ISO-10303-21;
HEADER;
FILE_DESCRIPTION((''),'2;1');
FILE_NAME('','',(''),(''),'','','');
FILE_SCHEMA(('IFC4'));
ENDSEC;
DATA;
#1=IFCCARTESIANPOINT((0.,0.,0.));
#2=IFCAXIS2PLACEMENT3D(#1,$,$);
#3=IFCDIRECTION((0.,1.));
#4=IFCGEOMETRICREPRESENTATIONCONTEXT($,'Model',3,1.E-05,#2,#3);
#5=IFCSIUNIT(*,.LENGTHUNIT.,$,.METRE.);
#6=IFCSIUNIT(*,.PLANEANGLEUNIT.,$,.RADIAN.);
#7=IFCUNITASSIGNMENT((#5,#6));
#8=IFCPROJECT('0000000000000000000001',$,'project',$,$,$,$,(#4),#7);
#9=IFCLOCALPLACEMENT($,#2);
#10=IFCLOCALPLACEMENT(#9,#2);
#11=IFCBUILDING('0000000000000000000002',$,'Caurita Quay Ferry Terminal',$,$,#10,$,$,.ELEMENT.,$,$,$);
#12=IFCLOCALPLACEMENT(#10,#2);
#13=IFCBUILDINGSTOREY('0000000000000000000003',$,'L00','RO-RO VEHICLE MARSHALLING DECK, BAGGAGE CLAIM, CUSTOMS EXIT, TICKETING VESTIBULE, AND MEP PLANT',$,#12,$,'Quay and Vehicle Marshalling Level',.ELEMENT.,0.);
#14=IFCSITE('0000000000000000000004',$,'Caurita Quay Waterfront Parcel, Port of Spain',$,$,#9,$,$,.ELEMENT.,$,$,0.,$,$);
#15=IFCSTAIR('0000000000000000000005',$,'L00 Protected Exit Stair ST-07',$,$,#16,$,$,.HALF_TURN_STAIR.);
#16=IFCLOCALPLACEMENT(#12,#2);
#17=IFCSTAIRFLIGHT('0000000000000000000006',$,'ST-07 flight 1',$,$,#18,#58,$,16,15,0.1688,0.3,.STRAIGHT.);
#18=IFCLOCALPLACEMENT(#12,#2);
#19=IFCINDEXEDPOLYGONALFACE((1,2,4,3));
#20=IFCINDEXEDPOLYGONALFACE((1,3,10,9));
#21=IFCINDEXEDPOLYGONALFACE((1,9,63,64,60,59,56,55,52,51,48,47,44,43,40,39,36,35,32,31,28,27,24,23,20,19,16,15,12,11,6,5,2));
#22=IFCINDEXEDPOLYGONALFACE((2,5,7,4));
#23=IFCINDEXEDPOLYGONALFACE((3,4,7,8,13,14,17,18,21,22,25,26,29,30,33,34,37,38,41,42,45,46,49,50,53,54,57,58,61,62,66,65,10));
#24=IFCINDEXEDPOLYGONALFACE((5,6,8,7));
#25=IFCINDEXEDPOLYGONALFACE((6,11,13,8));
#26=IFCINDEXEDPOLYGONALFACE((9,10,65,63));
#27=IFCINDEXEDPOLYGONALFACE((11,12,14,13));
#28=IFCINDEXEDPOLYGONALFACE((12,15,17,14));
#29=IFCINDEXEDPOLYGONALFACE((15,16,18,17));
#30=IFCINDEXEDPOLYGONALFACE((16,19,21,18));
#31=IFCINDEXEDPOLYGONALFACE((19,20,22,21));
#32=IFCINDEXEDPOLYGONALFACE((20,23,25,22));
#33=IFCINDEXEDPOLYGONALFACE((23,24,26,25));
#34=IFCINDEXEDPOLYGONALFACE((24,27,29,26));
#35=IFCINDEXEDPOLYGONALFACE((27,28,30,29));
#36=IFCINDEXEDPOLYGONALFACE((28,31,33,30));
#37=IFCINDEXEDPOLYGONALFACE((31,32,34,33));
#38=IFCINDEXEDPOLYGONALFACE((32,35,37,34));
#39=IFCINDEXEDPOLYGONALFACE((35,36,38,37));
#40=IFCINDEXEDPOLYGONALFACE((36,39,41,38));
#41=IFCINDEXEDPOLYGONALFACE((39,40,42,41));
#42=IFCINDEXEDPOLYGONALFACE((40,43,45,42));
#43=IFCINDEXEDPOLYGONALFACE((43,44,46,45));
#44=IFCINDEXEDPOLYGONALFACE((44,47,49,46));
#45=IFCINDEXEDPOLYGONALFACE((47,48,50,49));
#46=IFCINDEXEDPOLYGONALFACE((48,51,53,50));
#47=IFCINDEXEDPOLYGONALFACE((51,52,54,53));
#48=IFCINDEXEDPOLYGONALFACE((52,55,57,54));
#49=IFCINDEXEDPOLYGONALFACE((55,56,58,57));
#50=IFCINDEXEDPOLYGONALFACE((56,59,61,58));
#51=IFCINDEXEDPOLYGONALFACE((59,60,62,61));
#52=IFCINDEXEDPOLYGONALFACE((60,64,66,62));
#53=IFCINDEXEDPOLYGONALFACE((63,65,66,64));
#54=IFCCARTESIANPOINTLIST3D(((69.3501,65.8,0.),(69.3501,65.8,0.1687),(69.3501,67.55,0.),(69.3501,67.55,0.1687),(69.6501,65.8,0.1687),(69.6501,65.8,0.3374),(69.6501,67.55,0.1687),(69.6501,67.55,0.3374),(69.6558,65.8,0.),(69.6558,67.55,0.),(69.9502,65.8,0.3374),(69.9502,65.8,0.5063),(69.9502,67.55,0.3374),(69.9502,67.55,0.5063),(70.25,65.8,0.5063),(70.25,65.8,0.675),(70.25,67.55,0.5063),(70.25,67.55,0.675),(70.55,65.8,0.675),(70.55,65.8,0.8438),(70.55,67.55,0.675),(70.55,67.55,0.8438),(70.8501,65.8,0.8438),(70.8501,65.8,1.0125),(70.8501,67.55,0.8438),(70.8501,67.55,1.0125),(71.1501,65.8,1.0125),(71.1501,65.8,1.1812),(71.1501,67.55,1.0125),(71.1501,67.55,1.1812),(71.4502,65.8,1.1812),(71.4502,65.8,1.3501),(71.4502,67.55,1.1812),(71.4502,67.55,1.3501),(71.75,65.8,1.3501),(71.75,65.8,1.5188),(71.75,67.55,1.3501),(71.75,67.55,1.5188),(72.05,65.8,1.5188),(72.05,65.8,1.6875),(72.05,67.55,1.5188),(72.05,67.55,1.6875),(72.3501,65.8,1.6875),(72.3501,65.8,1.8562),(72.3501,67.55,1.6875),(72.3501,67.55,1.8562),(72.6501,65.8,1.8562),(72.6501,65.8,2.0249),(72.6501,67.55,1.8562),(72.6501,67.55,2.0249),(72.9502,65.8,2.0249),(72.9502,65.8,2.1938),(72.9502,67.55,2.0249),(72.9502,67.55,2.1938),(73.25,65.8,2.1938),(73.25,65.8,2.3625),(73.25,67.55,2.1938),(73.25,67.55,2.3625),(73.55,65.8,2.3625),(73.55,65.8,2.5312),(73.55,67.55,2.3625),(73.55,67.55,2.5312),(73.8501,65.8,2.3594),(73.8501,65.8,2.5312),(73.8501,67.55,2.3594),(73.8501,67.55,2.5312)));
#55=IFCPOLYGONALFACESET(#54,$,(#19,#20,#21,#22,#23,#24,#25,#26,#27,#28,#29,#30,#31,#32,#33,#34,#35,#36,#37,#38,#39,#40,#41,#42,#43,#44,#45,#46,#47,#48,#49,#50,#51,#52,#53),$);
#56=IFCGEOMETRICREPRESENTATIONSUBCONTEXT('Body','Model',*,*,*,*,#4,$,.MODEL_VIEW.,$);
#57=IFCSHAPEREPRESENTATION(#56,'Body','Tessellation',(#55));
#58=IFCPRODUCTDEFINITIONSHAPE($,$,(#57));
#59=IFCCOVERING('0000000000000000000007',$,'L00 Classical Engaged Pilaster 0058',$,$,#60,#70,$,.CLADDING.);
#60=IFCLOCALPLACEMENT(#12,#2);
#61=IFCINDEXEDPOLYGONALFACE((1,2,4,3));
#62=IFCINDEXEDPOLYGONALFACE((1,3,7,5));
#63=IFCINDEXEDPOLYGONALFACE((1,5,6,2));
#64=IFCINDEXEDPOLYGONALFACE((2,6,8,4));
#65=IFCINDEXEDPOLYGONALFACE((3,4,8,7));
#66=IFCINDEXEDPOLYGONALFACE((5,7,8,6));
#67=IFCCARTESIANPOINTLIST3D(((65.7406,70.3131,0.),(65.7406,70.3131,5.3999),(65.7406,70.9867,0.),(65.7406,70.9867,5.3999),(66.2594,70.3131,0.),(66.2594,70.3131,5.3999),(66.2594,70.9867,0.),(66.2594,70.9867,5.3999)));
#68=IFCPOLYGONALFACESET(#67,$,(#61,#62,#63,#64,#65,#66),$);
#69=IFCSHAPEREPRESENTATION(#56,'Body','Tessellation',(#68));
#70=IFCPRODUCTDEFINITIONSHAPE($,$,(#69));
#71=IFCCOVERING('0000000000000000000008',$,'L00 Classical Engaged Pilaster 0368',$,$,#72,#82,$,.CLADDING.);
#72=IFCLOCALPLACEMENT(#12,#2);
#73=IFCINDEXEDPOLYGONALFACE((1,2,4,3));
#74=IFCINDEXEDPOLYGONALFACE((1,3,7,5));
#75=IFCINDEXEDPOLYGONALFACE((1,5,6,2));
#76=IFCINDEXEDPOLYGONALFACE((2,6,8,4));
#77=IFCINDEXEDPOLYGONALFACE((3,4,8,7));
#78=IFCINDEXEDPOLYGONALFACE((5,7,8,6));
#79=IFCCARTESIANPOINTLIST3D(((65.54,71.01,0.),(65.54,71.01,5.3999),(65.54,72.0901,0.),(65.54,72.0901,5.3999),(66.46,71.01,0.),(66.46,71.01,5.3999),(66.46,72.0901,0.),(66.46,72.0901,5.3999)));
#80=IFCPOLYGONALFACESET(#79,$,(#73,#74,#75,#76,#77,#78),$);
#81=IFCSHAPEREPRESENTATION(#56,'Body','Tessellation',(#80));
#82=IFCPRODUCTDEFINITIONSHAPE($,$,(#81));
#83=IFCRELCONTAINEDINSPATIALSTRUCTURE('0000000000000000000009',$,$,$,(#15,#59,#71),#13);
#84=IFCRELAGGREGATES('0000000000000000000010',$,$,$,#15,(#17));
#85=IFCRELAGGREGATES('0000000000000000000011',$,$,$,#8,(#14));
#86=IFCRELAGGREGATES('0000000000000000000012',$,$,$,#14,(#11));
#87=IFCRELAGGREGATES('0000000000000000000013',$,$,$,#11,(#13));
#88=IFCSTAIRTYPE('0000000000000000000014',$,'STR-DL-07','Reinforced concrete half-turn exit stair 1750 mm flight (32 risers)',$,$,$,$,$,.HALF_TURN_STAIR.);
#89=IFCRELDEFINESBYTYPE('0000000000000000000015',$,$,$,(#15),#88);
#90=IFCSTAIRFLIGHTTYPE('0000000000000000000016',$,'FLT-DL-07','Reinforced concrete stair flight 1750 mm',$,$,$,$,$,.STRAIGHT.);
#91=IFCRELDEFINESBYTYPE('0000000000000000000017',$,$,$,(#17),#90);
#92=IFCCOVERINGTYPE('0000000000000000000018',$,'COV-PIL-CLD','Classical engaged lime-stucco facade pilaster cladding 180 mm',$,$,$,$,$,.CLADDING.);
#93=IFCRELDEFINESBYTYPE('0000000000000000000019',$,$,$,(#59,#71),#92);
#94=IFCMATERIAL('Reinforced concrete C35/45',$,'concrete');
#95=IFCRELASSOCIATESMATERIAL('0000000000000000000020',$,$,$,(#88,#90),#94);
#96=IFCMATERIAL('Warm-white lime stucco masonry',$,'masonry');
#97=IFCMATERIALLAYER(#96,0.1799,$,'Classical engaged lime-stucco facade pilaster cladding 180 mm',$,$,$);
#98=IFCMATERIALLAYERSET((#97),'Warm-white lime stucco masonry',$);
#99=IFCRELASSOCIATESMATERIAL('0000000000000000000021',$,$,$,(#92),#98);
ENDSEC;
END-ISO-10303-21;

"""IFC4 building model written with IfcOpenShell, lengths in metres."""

from ifc_helpers import new_model, si_unit, direction, frame, origin, origin_2d, place, context, subcontext, project, spatial, polyline, rectangle, outline, extrude, material, layer, layer_set, type_object, element, aggregate, save


model = new_model("IFC4")

# Units and contexts
model_context = context("Model", 3, precision=1e-05, world=origin(), true_north=direction((0.0, 1.0)))
body_context = subcontext(model_context, "Body", "Model", "MODEL_VIEW")
ifc_project = project(units=[si_unit("LENGTHUNIT", "METRE"), si_unit("PLANEANGLEUNIT", "RADIAN")], contexts=[model_context])

# Site, building, storey
site_placement = place(None, origin())
site = spatial("IfcSite", under=ifc_project, at=site_placement, Name="Caurita Quay Waterfront Parcel, Port of Spain", CompositionType="ELEMENT", RefElevation=0.0)
building_placement = place(site_placement, origin())
building = spatial("IfcBuilding", under=site, at=building_placement, Name="Caurita Quay Ferry Terminal", CompositionType="ELEMENT")
storey_placement = place(building_placement, origin())
storey = spatial("IfcBuildingStorey", under=building, at=storey_placement, Name="L00", Description="RO-RO VEHICLE MARSHALLING DECK, BAGGAGE CLAIM, CUSTOMS EXIT, TICKETING VESTIBULE, AND MEP PLANT", LongName="Quay and Vehicle Marshalling Level", CompositionType="ELEMENT", Elevation=0.0)

# Shared definitions
ifc_material_1 = material(Name="Reinforced concrete C35/45", Category="concrete")

# Shared definitions
ifc_material_2 = material(Name="Warm-white lime stucco masonry", Category="masonry")

# Stair, stair flight
stair_type = type_object("IfcStairType", Name="STR-DL-07", Description="Reinforced concrete half-turn exit stair 1750 mm flight (32 risers)", PredefinedType="HALF_TURN_STAIR", material=ifc_material_1)
stair_placement = place(storey_placement, origin())
stair = element("IfcStair", 1, at=stair_placement, inside=storey, type_object=stair_type, Name="L00 Protected Exit Stair ST-07", PredefinedType="HALF_TURN_STAIR")
stair_flight_type = type_object("IfcStairFlightType", Name="FLT-DL-07", Description="Reinforced concrete stair flight 1750 mm", PredefinedType="STRAIGHT", material=ifc_material_1)
stair_flight_placement = place(storey_placement, frame((69.3501, 66.675, 0.0), z_axis=(0.0, 0.0, 1.0), x_axis=(1.0, 0.0, 0.0)))
stair_flight = element("IfcStairFlight", 2, at=stair_flight_placement, type_object=stair_flight_type, Name="ST-07 flight 1", NumberOfRisers=16, NumberOfTreads=15, PredefinedType="STRAIGHT", RiserHeight=0.1688, TreadLength=0.3, context=body_context, shape_type="SweptSolid", body=[
    extrude(outline(polyline([(0.0, 0.0), (0.0, 0.1687), (0.3, 0.1687), (0.3, 0.3374), (0.6001, 0.3374), (0.6001, 0.5063), (0.8999, 0.5063), (0.8999, 0.675), (1.2, 0.675), (1.2, 0.8438), (1.5, 0.8438), (1.5, 1.0125), (1.8, 1.0125), (1.8, 1.1812), (2.1001, 1.1812), (2.1001, 1.3501), (2.3999, 1.3501), (2.3999, 1.5188), (2.7, 1.5188), (2.7, 1.6875), (3.0, 1.6875), (3.0, 1.8562), (3.3, 1.8562), (3.3, 2.0249), (3.6001, 2.0249), (3.6001, 2.1938), (3.8999, 2.1938), (3.8999, 2.3625), (4.2, 2.3625), (4.2, 2.5312), (4.5, 2.5312), (4.5, 2.7), (4.5, 2.3594), (0.3057, 0.0), (0.0, 0.0)])), frame((0.0, 0.875, 0.0), z_axis=(0.0, -1.0, 0.0), x_axis=(1.0, 0.0, 0.0)), (0.0, 0.0, 1.0), 1.75),
])
aggregate(stair, [stair_flight])

# Coverings
ifc_layer_1 = layer(ifc_material_2, 0.1799, Name="Classical engaged lime-stucco facade pilaster cladding 180 mm")
ifc_layer_set_1 = layer_set([ifc_layer_1], Name="Warm-white lime stucco masonry")
covering_type = type_object("IfcCoveringType", Name="COV-PIL-CLD", Description="Classical engaged lime-stucco facade pilaster cladding 180 mm", PredefinedType="CLADDING", material=ifc_layer_set_1)
covering_1_placement = place(storey_placement, frame((66.0, 70.6499, 0.0), z_axis=(0.0, 0.0, 1.0), x_axis=(1.0, 0.0, 0.0)))
element("IfcCovering", 3, at=covering_1_placement, inside=storey, type_object=covering_type, Name="L00 Classical Engaged Pilaster 0058", PredefinedType="CLADDING", context=body_context, shape_type="SweptSolid", body=[
    extrude(rectangle(XDim=0.5188, YDim=0.6736, at=origin_2d()), origin(), (0.0, 0.0, 1.0), 5.3999),
])
covering_2_placement = place(storey_placement, frame((66.0, 71.55, 0.0), z_axis=(0.0, 0.0, 1.0), x_axis=(1.0, 0.0, 0.0)))
element("IfcCovering", 4, at=covering_2_placement, inside=storey, type_object=covering_type, Name="L00 Classical Engaged Pilaster 0368", PredefinedType="CLADDING", context=body_context, shape_type="SweptSolid", body=[
    extrude(rectangle(XDim=0.9199, YDim=1.0801, at=origin_2d()), origin(), (0.0, 0.0, 1.0), 5.3999),
])

save(model, "model.ifc")
